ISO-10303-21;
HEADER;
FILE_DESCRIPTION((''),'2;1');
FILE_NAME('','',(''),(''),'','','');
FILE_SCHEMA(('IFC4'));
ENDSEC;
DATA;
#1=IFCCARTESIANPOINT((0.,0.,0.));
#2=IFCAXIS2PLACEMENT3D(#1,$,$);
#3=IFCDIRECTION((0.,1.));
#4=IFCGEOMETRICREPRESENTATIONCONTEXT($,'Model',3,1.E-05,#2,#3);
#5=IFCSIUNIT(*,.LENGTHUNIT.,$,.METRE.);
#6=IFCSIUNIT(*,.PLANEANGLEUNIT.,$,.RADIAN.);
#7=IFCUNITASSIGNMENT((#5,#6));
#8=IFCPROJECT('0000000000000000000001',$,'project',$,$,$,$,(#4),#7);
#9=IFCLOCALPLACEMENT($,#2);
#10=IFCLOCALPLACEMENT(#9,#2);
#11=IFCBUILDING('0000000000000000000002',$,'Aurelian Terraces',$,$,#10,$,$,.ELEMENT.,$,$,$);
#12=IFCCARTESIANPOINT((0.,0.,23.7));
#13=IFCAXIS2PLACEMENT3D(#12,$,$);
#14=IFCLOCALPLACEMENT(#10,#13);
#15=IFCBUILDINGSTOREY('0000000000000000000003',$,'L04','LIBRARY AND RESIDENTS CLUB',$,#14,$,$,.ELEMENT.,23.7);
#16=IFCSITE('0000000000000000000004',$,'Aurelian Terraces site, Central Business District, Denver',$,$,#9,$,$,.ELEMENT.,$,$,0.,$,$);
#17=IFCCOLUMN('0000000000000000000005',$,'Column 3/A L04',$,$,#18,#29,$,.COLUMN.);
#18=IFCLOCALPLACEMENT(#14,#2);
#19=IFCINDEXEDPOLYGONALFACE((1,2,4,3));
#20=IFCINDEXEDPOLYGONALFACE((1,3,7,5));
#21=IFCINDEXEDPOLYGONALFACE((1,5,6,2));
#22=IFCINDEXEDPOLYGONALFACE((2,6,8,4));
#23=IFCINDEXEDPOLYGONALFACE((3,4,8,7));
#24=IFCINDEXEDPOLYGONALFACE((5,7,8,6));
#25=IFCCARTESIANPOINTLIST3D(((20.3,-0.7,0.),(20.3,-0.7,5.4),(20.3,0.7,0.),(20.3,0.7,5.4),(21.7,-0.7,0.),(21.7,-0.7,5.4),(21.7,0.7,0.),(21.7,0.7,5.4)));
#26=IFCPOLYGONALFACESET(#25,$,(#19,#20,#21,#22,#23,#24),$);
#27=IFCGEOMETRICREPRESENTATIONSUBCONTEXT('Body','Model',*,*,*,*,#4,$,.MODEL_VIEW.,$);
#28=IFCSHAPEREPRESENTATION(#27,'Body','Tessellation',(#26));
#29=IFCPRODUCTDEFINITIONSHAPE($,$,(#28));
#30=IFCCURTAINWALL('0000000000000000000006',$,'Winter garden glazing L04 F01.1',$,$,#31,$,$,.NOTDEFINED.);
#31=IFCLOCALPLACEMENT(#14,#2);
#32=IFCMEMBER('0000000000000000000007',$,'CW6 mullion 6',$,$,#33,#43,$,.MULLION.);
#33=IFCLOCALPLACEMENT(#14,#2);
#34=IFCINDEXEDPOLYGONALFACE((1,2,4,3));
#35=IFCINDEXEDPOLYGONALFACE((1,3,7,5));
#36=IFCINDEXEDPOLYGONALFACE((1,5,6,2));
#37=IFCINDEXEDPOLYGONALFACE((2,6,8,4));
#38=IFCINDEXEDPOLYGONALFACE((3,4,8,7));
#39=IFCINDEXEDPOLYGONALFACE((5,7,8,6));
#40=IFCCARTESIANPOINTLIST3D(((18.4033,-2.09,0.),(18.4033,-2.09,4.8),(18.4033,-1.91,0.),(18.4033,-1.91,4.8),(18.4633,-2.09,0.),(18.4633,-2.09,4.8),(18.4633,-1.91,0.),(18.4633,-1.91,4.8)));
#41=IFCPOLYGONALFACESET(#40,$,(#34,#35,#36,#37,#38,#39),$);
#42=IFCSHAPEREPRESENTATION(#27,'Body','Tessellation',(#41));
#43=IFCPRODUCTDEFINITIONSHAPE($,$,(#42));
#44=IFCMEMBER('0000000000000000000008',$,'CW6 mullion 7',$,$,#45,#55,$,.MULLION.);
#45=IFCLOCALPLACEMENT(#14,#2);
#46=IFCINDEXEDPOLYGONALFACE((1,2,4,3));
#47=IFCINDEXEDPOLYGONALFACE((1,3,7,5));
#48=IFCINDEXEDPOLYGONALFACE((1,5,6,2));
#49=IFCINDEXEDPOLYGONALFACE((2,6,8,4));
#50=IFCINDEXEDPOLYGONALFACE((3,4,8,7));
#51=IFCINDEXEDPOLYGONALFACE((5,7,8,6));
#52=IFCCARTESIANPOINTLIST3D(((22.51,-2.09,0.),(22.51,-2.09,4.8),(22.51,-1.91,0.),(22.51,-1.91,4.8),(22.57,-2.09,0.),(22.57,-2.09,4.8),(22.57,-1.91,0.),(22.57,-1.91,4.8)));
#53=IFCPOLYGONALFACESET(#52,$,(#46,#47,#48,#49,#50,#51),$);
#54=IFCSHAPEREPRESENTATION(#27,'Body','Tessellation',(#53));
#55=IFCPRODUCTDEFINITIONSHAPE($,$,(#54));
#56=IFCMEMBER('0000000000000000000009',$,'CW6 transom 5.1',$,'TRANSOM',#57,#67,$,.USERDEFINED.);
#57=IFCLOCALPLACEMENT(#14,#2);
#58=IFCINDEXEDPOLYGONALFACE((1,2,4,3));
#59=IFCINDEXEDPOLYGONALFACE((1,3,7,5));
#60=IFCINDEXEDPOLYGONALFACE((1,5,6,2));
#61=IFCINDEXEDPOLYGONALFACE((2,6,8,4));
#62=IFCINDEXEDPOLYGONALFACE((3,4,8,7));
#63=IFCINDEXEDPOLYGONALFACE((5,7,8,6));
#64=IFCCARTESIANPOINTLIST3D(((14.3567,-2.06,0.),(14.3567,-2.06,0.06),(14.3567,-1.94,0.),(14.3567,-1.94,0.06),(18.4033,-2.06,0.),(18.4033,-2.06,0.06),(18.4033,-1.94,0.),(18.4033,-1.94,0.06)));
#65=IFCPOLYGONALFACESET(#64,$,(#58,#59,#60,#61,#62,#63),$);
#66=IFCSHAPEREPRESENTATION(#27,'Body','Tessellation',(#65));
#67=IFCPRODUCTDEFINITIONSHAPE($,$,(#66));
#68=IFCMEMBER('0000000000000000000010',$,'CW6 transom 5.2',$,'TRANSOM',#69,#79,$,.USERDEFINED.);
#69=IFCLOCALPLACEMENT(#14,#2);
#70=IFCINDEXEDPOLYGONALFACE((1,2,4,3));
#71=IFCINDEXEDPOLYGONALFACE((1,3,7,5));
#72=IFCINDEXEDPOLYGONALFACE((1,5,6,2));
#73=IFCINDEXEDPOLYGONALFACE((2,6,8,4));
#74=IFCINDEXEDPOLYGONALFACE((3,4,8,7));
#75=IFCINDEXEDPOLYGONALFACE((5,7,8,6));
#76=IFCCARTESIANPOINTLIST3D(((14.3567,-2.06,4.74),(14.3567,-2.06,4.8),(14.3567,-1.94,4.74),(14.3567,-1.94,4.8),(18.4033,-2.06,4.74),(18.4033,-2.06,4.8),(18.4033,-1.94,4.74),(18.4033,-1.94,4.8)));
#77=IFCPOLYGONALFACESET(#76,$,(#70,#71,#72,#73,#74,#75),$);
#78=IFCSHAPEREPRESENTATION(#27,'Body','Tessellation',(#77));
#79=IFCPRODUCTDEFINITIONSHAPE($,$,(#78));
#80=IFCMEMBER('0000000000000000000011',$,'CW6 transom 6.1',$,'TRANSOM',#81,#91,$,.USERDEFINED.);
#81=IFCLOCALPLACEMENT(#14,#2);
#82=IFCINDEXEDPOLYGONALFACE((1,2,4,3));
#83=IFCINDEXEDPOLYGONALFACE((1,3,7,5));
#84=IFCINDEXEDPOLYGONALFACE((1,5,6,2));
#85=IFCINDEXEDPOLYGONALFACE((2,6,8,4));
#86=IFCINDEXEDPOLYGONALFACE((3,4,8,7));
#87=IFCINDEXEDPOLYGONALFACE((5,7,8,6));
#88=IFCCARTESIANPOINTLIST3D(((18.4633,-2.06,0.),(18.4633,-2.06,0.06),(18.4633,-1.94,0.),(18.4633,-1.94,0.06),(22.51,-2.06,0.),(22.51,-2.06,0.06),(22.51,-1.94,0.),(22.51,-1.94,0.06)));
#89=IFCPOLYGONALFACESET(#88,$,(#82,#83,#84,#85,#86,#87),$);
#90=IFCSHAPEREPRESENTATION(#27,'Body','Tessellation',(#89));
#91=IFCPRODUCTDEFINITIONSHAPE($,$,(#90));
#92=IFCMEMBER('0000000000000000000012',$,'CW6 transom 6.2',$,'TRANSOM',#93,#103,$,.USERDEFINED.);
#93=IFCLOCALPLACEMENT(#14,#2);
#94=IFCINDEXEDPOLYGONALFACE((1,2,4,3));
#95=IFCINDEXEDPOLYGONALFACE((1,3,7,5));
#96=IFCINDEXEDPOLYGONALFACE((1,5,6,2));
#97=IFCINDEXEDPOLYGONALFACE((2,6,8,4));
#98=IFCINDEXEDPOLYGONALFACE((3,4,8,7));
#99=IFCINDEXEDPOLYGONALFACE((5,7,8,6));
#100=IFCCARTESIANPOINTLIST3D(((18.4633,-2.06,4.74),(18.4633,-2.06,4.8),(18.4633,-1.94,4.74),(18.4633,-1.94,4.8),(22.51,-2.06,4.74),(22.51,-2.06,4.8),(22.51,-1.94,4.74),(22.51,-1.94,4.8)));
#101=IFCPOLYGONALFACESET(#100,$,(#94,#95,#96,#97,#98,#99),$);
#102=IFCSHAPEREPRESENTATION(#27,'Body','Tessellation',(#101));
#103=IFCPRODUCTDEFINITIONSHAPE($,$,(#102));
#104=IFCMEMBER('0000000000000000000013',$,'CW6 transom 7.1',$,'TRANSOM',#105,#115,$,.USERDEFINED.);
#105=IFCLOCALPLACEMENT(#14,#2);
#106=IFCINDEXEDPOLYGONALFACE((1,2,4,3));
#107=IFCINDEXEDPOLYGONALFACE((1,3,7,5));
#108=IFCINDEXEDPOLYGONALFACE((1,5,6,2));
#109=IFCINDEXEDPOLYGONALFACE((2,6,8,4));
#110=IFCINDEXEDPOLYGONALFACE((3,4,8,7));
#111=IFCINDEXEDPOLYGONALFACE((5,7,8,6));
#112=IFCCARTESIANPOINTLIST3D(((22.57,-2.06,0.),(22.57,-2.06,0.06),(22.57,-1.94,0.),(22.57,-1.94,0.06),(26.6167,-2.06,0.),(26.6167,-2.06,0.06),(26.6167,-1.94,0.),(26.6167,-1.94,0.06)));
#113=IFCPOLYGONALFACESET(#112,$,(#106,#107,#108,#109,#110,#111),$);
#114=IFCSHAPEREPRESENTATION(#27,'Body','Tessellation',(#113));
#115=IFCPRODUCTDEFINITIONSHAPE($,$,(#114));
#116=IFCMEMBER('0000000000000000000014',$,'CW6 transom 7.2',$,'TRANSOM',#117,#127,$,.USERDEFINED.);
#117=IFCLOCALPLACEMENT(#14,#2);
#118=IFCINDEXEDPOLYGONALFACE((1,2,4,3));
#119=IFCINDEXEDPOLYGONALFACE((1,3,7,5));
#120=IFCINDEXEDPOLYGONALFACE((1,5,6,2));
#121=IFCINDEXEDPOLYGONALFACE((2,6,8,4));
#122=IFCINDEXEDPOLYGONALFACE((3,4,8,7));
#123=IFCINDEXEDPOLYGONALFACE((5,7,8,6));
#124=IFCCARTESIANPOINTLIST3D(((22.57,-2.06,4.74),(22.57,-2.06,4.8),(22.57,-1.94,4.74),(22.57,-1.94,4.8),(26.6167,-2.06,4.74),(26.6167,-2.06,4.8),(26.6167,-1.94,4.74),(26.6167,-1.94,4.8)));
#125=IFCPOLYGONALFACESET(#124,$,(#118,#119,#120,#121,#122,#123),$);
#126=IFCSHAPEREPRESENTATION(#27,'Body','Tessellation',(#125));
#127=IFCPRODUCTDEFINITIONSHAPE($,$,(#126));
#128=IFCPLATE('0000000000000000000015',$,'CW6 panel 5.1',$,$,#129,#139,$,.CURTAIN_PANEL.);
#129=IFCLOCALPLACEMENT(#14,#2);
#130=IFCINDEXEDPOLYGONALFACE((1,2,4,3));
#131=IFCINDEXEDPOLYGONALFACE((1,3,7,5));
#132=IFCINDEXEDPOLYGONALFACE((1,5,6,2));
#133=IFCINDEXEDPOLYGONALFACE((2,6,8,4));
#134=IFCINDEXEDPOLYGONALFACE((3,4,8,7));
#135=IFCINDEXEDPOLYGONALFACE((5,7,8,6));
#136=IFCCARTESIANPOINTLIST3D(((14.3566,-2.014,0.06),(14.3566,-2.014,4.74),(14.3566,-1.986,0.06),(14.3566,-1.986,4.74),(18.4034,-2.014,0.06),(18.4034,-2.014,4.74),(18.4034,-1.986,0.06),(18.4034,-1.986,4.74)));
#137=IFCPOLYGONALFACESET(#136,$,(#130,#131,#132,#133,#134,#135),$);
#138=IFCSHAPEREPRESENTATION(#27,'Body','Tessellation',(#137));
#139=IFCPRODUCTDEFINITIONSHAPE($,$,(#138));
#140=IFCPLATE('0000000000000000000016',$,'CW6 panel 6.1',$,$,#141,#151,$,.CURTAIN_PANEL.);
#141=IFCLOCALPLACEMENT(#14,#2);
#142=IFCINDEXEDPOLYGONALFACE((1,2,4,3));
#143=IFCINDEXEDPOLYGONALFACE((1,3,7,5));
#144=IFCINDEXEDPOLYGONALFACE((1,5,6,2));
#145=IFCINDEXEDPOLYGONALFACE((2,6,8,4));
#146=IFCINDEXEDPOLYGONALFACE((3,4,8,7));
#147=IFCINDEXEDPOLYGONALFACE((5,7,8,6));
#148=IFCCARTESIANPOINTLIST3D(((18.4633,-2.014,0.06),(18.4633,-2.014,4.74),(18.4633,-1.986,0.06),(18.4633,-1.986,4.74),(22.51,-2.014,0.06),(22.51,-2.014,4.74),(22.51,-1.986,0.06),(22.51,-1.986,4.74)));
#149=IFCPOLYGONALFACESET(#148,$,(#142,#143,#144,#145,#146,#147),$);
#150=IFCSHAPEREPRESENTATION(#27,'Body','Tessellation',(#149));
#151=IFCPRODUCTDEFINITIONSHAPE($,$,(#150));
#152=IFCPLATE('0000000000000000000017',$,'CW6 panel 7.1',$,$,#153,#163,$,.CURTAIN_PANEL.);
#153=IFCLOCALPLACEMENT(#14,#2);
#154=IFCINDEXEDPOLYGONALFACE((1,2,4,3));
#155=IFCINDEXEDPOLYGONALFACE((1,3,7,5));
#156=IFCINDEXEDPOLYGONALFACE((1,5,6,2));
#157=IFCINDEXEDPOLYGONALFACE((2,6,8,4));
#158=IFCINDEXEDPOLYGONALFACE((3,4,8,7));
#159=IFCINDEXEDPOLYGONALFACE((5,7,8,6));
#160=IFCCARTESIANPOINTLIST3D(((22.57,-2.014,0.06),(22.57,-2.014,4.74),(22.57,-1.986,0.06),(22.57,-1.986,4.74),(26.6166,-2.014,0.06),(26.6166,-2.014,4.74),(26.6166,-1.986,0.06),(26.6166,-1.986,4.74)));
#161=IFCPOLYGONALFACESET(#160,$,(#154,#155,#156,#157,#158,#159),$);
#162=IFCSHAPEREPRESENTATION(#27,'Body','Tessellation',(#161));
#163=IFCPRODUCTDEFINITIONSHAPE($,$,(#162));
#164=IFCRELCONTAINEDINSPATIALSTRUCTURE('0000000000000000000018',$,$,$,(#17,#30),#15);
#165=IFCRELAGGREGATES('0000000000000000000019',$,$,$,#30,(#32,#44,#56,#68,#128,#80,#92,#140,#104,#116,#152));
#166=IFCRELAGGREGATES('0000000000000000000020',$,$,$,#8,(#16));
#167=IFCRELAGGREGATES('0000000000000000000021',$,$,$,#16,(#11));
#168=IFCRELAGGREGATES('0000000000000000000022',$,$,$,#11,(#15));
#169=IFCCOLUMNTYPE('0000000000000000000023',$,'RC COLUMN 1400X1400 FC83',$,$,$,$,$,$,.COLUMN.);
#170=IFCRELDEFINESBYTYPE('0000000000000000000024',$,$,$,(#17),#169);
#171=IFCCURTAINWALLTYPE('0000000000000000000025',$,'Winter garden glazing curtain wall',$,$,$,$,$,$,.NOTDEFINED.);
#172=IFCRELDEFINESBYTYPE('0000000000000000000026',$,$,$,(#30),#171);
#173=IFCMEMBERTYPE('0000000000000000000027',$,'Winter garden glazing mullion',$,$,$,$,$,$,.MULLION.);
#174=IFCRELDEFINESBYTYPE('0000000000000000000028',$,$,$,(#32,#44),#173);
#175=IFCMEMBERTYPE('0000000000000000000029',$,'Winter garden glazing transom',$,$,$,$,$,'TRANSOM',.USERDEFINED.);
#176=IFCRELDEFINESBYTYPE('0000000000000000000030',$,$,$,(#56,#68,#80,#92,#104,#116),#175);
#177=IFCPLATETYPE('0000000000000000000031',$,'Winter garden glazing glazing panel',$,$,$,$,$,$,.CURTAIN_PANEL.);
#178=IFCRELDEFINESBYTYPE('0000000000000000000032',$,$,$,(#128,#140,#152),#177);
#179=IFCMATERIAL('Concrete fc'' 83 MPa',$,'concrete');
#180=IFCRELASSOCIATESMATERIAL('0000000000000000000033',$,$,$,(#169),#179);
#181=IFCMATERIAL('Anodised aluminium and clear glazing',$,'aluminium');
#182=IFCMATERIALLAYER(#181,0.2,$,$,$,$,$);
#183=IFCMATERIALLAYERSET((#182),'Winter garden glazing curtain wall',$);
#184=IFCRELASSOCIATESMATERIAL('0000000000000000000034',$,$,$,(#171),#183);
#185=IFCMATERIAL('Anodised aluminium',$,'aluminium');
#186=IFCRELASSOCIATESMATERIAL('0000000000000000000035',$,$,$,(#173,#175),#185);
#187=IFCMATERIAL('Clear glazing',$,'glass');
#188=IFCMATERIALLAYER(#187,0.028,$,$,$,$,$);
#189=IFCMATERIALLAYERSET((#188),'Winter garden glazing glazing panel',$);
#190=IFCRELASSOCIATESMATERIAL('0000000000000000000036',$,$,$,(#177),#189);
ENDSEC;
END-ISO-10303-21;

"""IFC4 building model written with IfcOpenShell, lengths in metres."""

from ifc_helpers import new_model, si_unit, direction, frame, origin, origin_2d, place, context, subcontext, project, spatial, rectangle, extrude, source, transform, mapped, material, layer, layer_set, material_profile, profile_set, type_object, element, aggregate, save


model = new_model("IFC4")

# Units and contexts
model_context = context("Model", 3, precision=1e-05, world=origin(), true_north=direction((0.0, 1.0)))
body_context = subcontext(model_context, "Body", "Model", "MODEL_VIEW")
ifc_project = project(units=[si_unit("LENGTHUNIT", "METRE"), si_unit("PLANEANGLEUNIT", "RADIAN")], contexts=[model_context])

# Site, building, storey
site_placement = place(None, origin())
site = spatial("IfcSite", under=ifc_project, at=site_placement, Name="Aurelian Terraces site, Central Business District, Denver", CompositionType="ELEMENT", RefElevation=0.0)
building_placement = place(site_placement, origin())
building = spatial("IfcBuilding", under=site, at=building_placement, Name="Aurelian Terraces", CompositionType="ELEMENT")
storey_placement = place(building_placement, frame((0.0, 0.0, 23.7)))
storey = spatial("IfcBuildingStorey", under=building, at=storey_placement, Name="L04", Description="LIBRARY AND RESIDENTS CLUB", CompositionType="ELEMENT", Elevation=23.7)

# Column
ifc_material_1 = material(Name="Concrete fc' 83 MPa", Category="concrete")
ifc_material_profile_1 = material_profile(ifc_material_1, rectangle(XDim=1.4, YDim=1.4, at=origin_2d()))
ifc_profile_set_1 = profile_set([ifc_material_profile_1], Name="Concrete fc' 83 MPa")
column_type = type_object("IfcColumnType", Name="RC COLUMN 1400X1400 FC83", PredefinedType="COLUMN", material=ifc_profile_set_1)
shared_shape_1 = source(origin(), body_context, "Body", "SweptSolid", [
    extrude(rectangle(XDim=1.4, YDim=1.4, at=origin_2d()), origin(), (0.0, 0.0, 1.0), 5.4),
])
column_placement = place(storey_placement, frame((21.0, 0.0, 0.0), z_axis=(0.0, 0.0, 1.0), x_axis=(1.0, 0.0, 0.0)))
element("IfcColumn", 1, at=column_placement, inside=storey, type_object=column_type, Name="Column 3/A L04", PredefinedType="COLUMN", context=body_context, shape_type="MappedRepresentation", body=[
    mapped(shared_shape_1, transform((0.0, 0.0, 0.0), scale=1.0)),
])

# Curtain wall, members, plates
ifc_material_2 = material(Name="Anodised aluminium and clear glazing", Category="aluminium")
ifc_layer_1 = layer(ifc_material_2, 0.2)
ifc_layer_set_1 = layer_set([ifc_layer_1], Name="Winter garden glazing curtain wall")
curtain_wall_type = type_object("IfcCurtainWallType", Name="Winter garden glazing curtain wall", PredefinedType="NOTDEFINED", material=ifc_layer_set_1)
curtain_wall_placement = place(storey_placement, origin())
curtain_wall = element("IfcCurtainWall", 2, at=curtain_wall_placement, inside=storey, type_object=curtain_wall_type, Name="Winter garden glazing L04 F01.1", PredefinedType="NOTDEFINED")
ifc_material_3 = material(Name="Anodised aluminium", Category="aluminium")
ifc_material_profile_2 = material_profile(ifc_material_3, rectangle(XDim=0.18, YDim=0.06, at=origin_2d()))
ifc_profile_set_2 = profile_set([ifc_material_profile_2], Name="Anodised aluminium")
member_type_1 = type_object("IfcMemberType", Name="Winter garden glazing mullion", PredefinedType="MULLION", material=ifc_profile_set_2)
shared_shape_2 = source(origin(), body_context, "Body", "SweptSolid", [
    extrude(rectangle(XDim=0.18, YDim=0.06, at=origin_2d()), origin(), (0.0, 0.0, 1.0), 4.8),
])
member_1_placement = place(storey_placement, frame((18.4333, -2.0, 0.0), z_axis=(0.0, 0.0, 1.0), x_axis=(0.0, 1.0, 0.0)))
member_1 = element("IfcMember", 3, at=member_1_placement, type_object=member_type_1, Name="CW6 mullion 6", PredefinedType="MULLION", context=body_context, shape_type="MappedRepresentation", body=[
    mapped(shared_shape_2, transform((0.0, 0.0, 0.0), scale=1.0)),
])
member_2_placement = place(storey_placement, frame((22.54, -2.0, 0.0), z_axis=(0.0, 0.0, 1.0), x_axis=(0.0, 1.0, 0.0)))
member_2 = element("IfcMember", 4, at=member_2_placement, type_object=member_type_1, Name="CW6 mullion 7", PredefinedType="MULLION", context=body_context, shape_type="MappedRepresentation", body=[
    mapped(shared_shape_2, transform((0.0, 0.0, 0.0), scale=1.0)),
])
ifc_material_profile_3 = material_profile(ifc_material_3, rectangle(XDim=0.12, YDim=0.06, at=origin_2d()))
ifc_profile_set_3 = profile_set([ifc_material_profile_3], Name="Anodised aluminium")
member_type_2 = type_object("IfcMemberType", Name="Winter garden glazing transom", ElementType="TRANSOM", PredefinedType="USERDEFINED", material=ifc_profile_set_3)
shared_shape_3 = source(origin(), body_context, "Body", "SweptSolid", [
    extrude(rectangle(XDim=0.12, YDim=0.06, at=origin_2d()), origin(), (0.0, 0.0, 1.0), 4.0466),
])
member_3_placement = place(storey_placement, frame((14.3567, -2.0, 0.03), z_axis=(1.0, 0.0, 0.0), x_axis=(0.0, 1.0, 0.0)))
member_3 = element("IfcMember", 5, at=member_3_placement, type_object=member_type_2, Name="CW6 transom 5.1", ObjectType="TRANSOM", PredefinedType="USERDEFINED", context=body_context, shape_type="MappedRepresentation", body=[
    mapped(shared_shape_3, transform((0.0, 0.0, 0.0), scale=1.0)),
])
member_4_placement = place(storey_placement, frame((14.3567, -2.0, 4.77), z_axis=(1.0, 0.0, 0.0), x_axis=(0.0, 1.0, 0.0)))
member_4 = element("IfcMember", 6, at=member_4_placement, type_object=member_type_2, Name="CW6 transom 5.2", ObjectType="TRANSOM", PredefinedType="USERDEFINED", context=body_context, shape_type="MappedRepresentation", body=[
    mapped(shared_shape_3, transform((0.0, 0.0, 0.0), scale=1.0)),
])
shared_shape_4 = source(origin(), body_context, "Body", "SweptSolid", [
    extrude(rectangle(XDim=0.12, YDim=0.06, at=origin_2d()), origin(), (0.0, 0.0, 1.0), 4.0467),
])
member_5_placement = place(storey_placement, frame((18.4633, -2.0, 0.03), z_axis=(1.0, 0.0, 0.0), x_axis=(0.0, 1.0, 0.0)))
member_5 = element("IfcMember", 7, at=member_5_placement, type_object=member_type_2, Name="CW6 transom 6.1", ObjectType="TRANSOM", PredefinedType="USERDEFINED", context=body_context, shape_type="MappedRepresentation", body=[
    mapped(shared_shape_4, transform((0.0, 0.0, 0.0), scale=1.0)),
])
member_6_placement = place(storey_placement, frame((18.4633, -2.0, 4.77), z_axis=(1.0, 0.0, 0.0), x_axis=(0.0, 1.0, 0.0)))
member_6 = element("IfcMember", 8, at=member_6_placement, type_object=member_type_2, Name="CW6 transom 6.2", ObjectType="TRANSOM", PredefinedType="USERDEFINED", context=body_context, shape_type="MappedRepresentation", body=[
    mapped(shared_shape_4, transform((0.0, 0.0, 0.0), scale=1.0)),
])
member_7_placement = place(storey_placement, frame((22.57, -2.0, 0.03), z_axis=(1.0, 0.0, 0.0), x_axis=(0.0, 1.0, 0.0)))
member_7 = element("IfcMember", 9, at=member_7_placement, type_object=member_type_2, Name="CW6 transom 7.1", ObjectType="TRANSOM", PredefinedType="USERDEFINED", context=body_context, shape_type="MappedRepresentation", body=[
    mapped(shared_shape_4, transform((0.0, 0.0, 0.0), scale=1.0)),
])
member_8_placement = place(storey_placement, frame((22.57, -2.0, 4.77), z_axis=(1.0, 0.0, 0.0), x_axis=(0.0, 1.0, 0.0)))
member_8 = element("IfcMember", 10, at=member_8_placement, type_object=member_type_2, Name="CW6 transom 7.2", ObjectType="TRANSOM", PredefinedType="USERDEFINED", context=body_context, shape_type="MappedRepresentation", body=[
    mapped(shared_shape_4, transform((0.0, 0.0, 0.0), scale=1.0)),
])
ifc_material_4 = material(Name="Clear glazing", Category="glass")
ifc_layer_2 = layer(ifc_material_4, 0.028)
ifc_layer_set_2 = layer_set([ifc_layer_2], Name="Winter garden glazing glazing panel")
plate_type = type_object("IfcPlateType", Name="Winter garden glazing glazing panel", PredefinedType="CURTAIN_PANEL", material=ifc_layer_set_2)
shared_shape_5 = source(origin(), body_context, "Body", "SweptSolid", [
    extrude(rectangle(XDim=4.0467, YDim=0.028, at=origin_2d()), origin(), (0.0, 0.0, 1.0), 4.68),
])
plate_1_placement = place(storey_placement, frame((16.38, -2.0, 0.06), z_axis=(0.0, 0.0, 1.0), x_axis=(1.0, 0.0, 0.0)))
plate_1 = element("IfcPlate", 11, at=plate_1_placement, type_object=plate_type, Name="CW6 panel 5.1", PredefinedType="CURTAIN_PANEL", context=body_context, shape_type="MappedRepresentation", body=[
    mapped(shared_shape_5, transform((0.0, 0.0, 0.0), scale=1.0)),
])
plate_2_placement = place(storey_placement, frame((20.4867, -2.0, 0.06), z_axis=(0.0, 0.0, 1.0), x_axis=(1.0, 0.0, 0.0)))
plate_2 = element("IfcPlate", 12, at=plate_2_placement, type_object=plate_type, Name="CW6 panel 6.1", PredefinedType="CURTAIN_PANEL", context=body_context, shape_type="MappedRepresentation", body=[
    mapped(shared_shape_5, transform((0.0, 0.0, 0.0), scale=1.0)),
])
plate_3_placement = place(storey_placement, frame((24.5933, -2.0, 0.06), z_axis=(0.0, 0.0, 1.0), x_axis=(1.0, 0.0, 0.0)))
plate_3 = element("IfcPlate", 13, at=plate_3_placement, type_object=plate_type, Name="CW6 panel 7.1", PredefinedType="CURTAIN_PANEL", context=body_context, shape_type="MappedRepresentation", body=[
    mapped(shared_shape_5, transform((0.0, 0.0, 0.0), scale=1.0)),
])
aggregate(curtain_wall, [member_1, member_2, member_3, member_4, plate_1, member_5, member_6, plate_2, member_7, member_8, plate_3])

save(model, "model.ifc")
